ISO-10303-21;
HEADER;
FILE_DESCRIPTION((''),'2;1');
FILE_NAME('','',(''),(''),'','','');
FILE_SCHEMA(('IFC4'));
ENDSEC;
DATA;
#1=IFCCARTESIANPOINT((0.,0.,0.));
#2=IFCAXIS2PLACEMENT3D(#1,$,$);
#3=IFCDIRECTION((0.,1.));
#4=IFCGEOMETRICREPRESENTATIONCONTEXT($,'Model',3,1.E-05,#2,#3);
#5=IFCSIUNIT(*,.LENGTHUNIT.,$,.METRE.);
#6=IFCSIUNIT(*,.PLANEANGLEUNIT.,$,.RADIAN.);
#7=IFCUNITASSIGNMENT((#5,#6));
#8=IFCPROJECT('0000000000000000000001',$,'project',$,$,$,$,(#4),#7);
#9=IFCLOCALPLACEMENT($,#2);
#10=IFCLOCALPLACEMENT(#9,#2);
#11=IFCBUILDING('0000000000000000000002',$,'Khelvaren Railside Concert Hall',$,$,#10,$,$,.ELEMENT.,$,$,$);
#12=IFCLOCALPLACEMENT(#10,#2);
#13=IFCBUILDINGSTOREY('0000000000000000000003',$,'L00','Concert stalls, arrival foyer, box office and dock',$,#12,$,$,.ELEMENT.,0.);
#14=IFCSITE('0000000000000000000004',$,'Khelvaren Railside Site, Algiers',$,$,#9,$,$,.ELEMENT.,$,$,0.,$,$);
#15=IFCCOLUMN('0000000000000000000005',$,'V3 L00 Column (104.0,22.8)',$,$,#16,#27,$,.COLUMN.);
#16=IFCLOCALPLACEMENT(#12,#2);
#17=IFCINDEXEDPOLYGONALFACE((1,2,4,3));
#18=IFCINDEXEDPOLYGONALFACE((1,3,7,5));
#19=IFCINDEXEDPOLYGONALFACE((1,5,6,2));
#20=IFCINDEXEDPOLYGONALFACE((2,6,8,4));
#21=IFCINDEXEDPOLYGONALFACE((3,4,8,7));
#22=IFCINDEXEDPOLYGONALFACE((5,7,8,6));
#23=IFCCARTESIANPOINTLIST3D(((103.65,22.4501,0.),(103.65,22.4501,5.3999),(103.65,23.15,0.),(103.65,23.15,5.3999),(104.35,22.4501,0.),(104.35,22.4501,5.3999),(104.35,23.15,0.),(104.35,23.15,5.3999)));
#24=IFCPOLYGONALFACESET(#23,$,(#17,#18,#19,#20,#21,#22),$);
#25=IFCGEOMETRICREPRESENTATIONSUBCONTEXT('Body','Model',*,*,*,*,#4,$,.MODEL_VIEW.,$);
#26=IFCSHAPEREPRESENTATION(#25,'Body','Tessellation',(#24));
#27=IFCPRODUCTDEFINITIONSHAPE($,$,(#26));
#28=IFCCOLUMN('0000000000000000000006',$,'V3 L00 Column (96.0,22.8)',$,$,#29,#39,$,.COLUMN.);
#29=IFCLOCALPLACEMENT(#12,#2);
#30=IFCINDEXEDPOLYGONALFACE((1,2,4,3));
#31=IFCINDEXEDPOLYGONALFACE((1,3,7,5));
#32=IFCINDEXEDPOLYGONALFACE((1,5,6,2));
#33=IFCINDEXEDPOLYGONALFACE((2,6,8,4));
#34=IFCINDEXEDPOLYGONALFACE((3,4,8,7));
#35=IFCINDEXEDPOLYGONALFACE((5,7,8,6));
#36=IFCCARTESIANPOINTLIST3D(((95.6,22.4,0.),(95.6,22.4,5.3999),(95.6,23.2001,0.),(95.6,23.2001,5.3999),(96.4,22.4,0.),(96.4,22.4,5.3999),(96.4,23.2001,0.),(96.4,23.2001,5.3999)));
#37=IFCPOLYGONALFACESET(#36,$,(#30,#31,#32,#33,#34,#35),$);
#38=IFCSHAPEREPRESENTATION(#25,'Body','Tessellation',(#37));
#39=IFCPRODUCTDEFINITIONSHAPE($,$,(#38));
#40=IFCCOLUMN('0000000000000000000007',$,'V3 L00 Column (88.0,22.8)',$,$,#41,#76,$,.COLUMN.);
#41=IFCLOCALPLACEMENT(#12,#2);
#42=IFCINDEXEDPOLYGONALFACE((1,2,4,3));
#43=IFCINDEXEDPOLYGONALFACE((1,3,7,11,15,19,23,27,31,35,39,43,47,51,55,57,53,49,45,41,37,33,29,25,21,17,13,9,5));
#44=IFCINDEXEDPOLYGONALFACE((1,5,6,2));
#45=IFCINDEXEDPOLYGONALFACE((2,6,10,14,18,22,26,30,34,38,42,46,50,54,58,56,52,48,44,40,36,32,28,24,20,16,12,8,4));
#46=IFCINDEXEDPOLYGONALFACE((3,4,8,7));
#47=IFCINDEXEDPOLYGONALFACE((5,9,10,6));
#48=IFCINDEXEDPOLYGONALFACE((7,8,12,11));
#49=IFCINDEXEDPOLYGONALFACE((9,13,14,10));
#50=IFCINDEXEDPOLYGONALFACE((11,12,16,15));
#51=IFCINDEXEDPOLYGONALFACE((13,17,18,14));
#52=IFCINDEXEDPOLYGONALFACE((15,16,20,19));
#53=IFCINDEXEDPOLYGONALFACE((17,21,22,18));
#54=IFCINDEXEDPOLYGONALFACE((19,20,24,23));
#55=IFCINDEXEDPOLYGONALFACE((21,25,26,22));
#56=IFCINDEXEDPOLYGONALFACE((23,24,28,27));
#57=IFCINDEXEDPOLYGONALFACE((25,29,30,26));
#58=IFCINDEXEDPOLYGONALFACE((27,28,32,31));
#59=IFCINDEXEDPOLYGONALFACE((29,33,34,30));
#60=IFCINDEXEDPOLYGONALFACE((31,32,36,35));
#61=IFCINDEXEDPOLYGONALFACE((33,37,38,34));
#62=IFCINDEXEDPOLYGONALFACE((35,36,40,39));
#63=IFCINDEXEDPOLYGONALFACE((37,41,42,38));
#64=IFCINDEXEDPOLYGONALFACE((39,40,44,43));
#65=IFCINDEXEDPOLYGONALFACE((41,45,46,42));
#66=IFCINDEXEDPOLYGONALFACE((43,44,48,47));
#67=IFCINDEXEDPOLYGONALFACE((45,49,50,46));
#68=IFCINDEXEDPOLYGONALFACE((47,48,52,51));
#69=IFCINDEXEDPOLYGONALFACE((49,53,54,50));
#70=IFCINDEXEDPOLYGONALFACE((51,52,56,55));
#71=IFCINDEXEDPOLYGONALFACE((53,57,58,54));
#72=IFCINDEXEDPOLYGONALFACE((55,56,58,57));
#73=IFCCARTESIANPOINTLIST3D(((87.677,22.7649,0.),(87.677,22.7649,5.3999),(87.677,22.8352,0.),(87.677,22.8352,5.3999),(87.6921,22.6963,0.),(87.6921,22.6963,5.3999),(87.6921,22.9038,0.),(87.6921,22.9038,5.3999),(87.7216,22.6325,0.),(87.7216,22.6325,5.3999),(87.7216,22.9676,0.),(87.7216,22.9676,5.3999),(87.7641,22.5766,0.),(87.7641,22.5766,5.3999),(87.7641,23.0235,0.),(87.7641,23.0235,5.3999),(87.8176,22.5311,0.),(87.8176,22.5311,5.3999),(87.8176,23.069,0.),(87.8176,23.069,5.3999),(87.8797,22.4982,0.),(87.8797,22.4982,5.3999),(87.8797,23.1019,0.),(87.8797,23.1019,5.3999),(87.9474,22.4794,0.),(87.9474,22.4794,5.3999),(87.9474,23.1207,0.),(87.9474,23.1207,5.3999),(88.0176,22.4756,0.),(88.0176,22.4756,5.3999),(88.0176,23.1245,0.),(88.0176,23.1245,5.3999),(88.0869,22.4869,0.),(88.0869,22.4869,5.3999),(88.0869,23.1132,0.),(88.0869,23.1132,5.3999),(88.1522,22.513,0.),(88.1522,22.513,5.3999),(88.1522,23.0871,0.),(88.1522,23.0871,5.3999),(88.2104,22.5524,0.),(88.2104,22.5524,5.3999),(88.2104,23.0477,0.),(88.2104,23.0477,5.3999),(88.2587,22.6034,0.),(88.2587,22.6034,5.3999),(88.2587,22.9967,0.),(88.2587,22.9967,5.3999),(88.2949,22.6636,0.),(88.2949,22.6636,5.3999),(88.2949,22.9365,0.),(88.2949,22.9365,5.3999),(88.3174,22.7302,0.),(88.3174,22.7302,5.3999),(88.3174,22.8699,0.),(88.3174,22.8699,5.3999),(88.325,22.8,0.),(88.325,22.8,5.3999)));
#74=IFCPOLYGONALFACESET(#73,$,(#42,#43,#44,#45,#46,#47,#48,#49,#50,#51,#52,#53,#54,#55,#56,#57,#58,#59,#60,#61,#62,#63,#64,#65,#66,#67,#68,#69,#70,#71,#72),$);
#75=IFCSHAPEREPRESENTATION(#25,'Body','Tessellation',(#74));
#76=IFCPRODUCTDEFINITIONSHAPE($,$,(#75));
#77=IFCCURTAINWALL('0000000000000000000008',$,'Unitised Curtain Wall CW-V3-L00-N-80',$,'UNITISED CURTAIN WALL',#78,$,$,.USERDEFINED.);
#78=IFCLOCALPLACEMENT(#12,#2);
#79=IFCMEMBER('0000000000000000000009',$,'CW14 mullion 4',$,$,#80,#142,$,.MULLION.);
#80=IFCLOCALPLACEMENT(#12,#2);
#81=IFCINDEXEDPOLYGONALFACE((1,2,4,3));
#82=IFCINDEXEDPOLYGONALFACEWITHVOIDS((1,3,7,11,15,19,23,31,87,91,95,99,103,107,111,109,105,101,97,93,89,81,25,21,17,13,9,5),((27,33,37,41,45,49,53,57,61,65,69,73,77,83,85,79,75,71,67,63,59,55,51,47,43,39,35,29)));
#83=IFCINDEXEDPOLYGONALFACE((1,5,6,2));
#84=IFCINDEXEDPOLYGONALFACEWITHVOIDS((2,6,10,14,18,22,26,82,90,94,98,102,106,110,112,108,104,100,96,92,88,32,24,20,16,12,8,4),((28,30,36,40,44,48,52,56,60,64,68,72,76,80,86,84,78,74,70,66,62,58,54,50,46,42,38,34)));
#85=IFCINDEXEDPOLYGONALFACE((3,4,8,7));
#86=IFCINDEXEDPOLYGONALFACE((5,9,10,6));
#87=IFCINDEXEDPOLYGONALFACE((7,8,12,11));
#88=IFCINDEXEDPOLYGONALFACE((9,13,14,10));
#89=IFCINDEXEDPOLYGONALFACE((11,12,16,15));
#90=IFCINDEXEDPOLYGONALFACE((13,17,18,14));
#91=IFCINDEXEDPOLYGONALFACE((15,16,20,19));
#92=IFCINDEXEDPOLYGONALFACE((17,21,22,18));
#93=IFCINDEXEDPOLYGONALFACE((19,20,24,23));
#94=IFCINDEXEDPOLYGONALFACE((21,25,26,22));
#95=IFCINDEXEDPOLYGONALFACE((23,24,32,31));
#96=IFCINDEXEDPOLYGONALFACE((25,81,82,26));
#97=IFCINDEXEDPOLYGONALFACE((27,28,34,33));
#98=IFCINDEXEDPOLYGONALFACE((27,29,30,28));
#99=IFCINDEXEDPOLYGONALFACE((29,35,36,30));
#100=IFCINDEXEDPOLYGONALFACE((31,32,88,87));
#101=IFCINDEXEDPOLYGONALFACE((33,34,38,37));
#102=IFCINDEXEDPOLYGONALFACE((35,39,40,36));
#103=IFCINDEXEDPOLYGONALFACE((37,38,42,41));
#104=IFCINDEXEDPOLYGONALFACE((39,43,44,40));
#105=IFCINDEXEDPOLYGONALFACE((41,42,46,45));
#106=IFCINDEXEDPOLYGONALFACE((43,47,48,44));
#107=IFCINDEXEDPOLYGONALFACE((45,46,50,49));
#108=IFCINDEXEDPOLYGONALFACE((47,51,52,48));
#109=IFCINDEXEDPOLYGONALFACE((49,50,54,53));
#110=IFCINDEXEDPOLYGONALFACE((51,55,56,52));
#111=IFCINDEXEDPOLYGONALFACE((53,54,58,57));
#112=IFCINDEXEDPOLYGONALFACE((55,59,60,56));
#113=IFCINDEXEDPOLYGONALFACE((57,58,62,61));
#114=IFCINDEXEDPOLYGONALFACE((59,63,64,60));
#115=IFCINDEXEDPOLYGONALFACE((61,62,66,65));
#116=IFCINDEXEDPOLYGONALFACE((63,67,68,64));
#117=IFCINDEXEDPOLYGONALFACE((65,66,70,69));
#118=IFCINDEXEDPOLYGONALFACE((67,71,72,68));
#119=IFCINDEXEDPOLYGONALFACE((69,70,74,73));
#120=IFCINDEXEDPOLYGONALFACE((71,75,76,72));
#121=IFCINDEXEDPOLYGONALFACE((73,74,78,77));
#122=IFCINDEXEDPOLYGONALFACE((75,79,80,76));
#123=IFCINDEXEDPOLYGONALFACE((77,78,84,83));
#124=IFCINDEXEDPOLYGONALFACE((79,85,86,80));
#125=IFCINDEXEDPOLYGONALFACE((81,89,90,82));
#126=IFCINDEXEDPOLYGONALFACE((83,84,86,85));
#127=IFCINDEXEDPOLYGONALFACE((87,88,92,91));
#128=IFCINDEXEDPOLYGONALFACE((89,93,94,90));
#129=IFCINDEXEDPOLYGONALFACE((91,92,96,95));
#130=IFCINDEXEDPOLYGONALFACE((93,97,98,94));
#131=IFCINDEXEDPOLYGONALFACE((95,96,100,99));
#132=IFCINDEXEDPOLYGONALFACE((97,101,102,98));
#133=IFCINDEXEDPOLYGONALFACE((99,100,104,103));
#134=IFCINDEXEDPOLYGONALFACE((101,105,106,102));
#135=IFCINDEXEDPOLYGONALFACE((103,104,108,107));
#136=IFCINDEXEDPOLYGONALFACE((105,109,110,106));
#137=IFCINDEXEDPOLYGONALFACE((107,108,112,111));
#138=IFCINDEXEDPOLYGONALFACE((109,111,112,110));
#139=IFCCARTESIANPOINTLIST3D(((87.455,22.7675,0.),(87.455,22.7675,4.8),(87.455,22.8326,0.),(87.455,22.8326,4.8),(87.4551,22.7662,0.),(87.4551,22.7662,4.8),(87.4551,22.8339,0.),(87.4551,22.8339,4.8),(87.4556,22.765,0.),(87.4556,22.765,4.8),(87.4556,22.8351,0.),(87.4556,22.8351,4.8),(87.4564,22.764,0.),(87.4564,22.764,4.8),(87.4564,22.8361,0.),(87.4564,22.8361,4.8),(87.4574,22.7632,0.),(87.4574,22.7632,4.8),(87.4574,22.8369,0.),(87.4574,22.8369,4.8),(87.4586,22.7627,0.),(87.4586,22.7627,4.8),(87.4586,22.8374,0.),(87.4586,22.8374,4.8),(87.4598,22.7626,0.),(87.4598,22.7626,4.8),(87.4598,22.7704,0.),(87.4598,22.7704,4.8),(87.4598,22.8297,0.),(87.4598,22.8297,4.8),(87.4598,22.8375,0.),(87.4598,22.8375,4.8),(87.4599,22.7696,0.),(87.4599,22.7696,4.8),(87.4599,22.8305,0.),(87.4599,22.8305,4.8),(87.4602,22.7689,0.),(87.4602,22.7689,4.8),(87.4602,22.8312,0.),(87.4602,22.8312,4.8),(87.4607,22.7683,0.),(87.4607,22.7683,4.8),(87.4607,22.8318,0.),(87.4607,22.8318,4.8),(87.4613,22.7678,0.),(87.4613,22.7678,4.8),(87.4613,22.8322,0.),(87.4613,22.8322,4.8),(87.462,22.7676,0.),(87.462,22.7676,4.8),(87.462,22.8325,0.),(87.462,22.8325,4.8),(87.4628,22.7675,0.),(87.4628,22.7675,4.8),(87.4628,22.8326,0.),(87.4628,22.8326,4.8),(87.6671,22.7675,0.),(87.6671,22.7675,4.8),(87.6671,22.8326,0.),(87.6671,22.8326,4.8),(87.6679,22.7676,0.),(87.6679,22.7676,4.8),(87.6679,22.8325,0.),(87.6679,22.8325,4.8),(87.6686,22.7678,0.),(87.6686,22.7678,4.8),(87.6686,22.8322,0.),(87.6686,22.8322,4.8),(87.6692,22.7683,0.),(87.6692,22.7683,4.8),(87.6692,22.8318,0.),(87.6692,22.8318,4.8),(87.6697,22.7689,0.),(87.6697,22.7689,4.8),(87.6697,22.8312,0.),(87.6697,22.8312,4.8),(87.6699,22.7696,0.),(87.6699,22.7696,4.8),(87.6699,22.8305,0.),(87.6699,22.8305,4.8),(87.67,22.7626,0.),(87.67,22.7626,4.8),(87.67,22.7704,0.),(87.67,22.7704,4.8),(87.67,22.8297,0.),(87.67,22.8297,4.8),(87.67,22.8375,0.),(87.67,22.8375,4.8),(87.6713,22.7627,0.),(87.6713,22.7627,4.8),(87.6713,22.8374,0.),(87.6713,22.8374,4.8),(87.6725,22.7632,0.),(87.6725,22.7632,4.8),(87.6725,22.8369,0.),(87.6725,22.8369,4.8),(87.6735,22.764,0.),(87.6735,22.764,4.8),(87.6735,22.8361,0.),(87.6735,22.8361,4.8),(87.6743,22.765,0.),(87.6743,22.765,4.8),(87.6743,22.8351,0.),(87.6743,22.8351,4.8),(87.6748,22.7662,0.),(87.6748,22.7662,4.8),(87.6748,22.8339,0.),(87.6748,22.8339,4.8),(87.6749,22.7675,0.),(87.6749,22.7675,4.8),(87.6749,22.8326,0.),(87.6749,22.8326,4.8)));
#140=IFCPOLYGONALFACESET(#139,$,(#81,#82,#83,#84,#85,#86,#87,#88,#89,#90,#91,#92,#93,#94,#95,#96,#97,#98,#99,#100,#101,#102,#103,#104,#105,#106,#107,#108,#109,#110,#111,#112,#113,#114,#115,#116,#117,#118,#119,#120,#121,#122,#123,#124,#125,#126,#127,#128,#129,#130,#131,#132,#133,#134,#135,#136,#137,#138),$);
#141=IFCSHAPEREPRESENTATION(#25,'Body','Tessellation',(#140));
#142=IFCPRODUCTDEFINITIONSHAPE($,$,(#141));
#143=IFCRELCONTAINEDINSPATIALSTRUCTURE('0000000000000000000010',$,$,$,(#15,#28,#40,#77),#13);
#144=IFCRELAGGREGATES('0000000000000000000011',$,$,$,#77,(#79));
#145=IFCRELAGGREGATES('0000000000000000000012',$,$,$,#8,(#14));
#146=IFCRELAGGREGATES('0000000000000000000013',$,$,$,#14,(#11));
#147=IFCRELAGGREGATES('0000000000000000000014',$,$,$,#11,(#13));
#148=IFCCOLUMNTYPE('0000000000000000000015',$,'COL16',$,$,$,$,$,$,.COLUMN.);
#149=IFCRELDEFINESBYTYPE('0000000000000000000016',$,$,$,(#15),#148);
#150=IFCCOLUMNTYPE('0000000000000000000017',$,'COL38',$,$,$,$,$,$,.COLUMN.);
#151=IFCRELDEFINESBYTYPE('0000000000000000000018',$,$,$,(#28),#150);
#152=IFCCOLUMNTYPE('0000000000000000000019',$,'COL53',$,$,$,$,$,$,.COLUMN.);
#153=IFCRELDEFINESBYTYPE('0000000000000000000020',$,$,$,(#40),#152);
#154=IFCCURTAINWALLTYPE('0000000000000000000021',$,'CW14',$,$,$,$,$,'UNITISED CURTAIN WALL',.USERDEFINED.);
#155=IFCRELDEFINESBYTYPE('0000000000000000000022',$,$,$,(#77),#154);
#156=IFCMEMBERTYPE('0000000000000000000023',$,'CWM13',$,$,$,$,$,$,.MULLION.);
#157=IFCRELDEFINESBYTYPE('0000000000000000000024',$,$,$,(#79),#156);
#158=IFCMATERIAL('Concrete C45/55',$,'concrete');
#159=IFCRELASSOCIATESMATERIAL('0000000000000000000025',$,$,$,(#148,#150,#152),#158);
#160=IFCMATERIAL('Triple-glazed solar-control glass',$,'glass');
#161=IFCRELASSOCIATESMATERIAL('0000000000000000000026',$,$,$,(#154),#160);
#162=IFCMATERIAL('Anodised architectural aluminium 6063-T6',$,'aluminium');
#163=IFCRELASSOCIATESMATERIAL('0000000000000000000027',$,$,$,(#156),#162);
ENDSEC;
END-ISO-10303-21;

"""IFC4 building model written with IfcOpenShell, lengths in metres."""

from ifc_helpers import new_model, si_unit, direction, frame, origin, origin_2d, place, context, subcontext, project, spatial, rectangle, hollow_rectangle, circle, extrude, material, material_profile, profile_set, type_object, element, aggregate, save


model = new_model("IFC4")

# Units and contexts
model_context = context("Model", 3, precision=1e-05, world=origin(), true_north=direction((0.0, 1.0)))
body_context = subcontext(model_context, "Body", "Model", "MODEL_VIEW")
ifc_project = project(units=[si_unit("LENGTHUNIT", "METRE"), si_unit("PLANEANGLEUNIT", "RADIAN")], contexts=[model_context])

# Site, building, storey
site_placement = place(None, origin())
site = spatial("IfcSite", under=ifc_project, at=site_placement, Name="Khelvaren Railside Site, Algiers", CompositionType="ELEMENT", RefElevation=0.0)
building_placement = place(site_placement, origin())
building = spatial("IfcBuilding", under=site, at=building_placement, Name="Khelvaren Railside Concert Hall", CompositionType="ELEMENT")
storey_placement = place(building_placement, origin())
storey = spatial("IfcBuildingStorey", under=building, at=storey_placement, Name="L00", Description="Concert stalls, arrival foyer, box office and dock", CompositionType="ELEMENT", Elevation=0.0)

# Columns
ifc_material_1 = material(Name="Concrete C45/55", Category="concrete")
ifc_material_profile_1 = material_profile(ifc_material_1, rectangle(XDim=0.7, YDim=0.7, at=origin_2d()), Name="RC 700x700")
ifc_profile_set_1 = profile_set([ifc_material_profile_1], Name="Concrete C45/55")
column_type_1 = type_object("IfcColumnType", Name="COL16", PredefinedType="COLUMN", material=ifc_profile_set_1)
column_1_placement = place(storey_placement, frame((104.0, 22.8, 0.0), z_axis=(0.0, 0.0, 1.0), x_axis=(1.0, 0.0, 0.0)))
element("IfcColumn", 1, at=column_1_placement, inside=storey, type_object=column_type_1, Name="V3 L00 Column (104.0,22.8)", PredefinedType="COLUMN", context=body_context, shape_type="SweptSolid", body=[
    extrude(rectangle(XDim=0.7, YDim=0.7, at=origin_2d()), origin(), (0.0, 0.0, 1.0), 5.3999),
])
ifc_material_profile_2 = material_profile(ifc_material_1, rectangle(XDim=0.8, YDim=0.8, at=origin_2d()), Name="RC 800x800")
ifc_profile_set_2 = profile_set([ifc_material_profile_2], Name="Concrete C45/55")
column_type_2 = type_object("IfcColumnType", Name="COL38", PredefinedType="COLUMN", material=ifc_profile_set_2)
column_2_placement = place(storey_placement, frame((96.0, 22.8, 0.0), z_axis=(0.0, 0.0, 1.0), x_axis=(1.0, 0.0, 0.0)))
element("IfcColumn", 2, at=column_2_placement, inside=storey, type_object=column_type_2, Name="V3 L00 Column (96.0,22.8)", PredefinedType="COLUMN", context=body_context, shape_type="SweptSolid", body=[
    extrude(rectangle(XDim=0.8, YDim=0.8, at=origin_2d()), origin(), (0.0, 0.0, 1.0), 5.3999),
])
ifc_material_profile_3 = material_profile(ifc_material_1, circle(Radius=0.325, at=origin_2d()), Name="RC D650")
ifc_profile_set_3 = profile_set([ifc_material_profile_3], Name="Concrete C45/55")
column_type_3 = type_object("IfcColumnType", Name="COL53", PredefinedType="COLUMN", material=ifc_profile_set_3)
column_3_placement = place(storey_placement, frame((88.0, 22.8, 0.0), z_axis=(0.0, 0.0, 1.0), x_axis=(1.0, 0.0, 0.0)))
element("IfcColumn", 3, at=column_3_placement, inside=storey, type_object=column_type_3, Name="V3 L00 Column (88.0,22.8)", PredefinedType="COLUMN", context=body_context, shape_type="SweptSolid", body=[
    extrude(circle(Radius=0.325, at=origin_2d()), origin(), (0.0, 0.0, 1.0), 5.3999),
])

# Curtain wall, member
ifc_material_2 = material(Name="Triple-glazed solar-control glass", Category="glass")
curtain_wall_type_1 = type_object("IfcCurtainWallType", Name="CW14", ElementType="UNITISED CURTAIN WALL", PredefinedType="USERDEFINED", material=ifc_material_2)
curtain_wall_1_placement = place(storey_placement, origin())
curtain_wall_1 = element("IfcCurtainWall", 4, at=curtain_wall_1_placement, inside=storey, type_object=curtain_wall_type_1, Name="Unitised Curtain Wall CW-V3-L00-N-80", ObjectType="UNITISED CURTAIN WALL", PredefinedType="USERDEFINED")
ifc_material_3 = material(Name="Anodised architectural aluminium 6063-T6", Category="aluminium")
ifc_material_profile_4 = material_profile(ifc_material_3, hollow_rectangle(XDim=0.075, YDim=0.22, WallThickness=0.0049, InnerFilletRadius=0.0029, OuterFilletRadius=0.0049, at=origin_2d()), Name="CWM 75x220x5")
ifc_profile_set_4 = profile_set([ifc_material_profile_4], Name="Anodised architectural aluminium 6063-T6")
member_type_1 = type_object("IfcMemberType", Name="CWM13", PredefinedType="MULLION", material=ifc_profile_set_4)
member_1_placement = place(storey_placement, frame((87.5649, 22.8, 0.0), z_axis=(0.0, 0.0, 1.0), x_axis=(0.0, 1.0, 0.0)))
member_1 = element("IfcMember", 5, at=member_1_placement, type_object=member_type_1, Name="CW14 mullion 4", PredefinedType="MULLION", context=body_context, shape_type="SweptSolid", body=[
    extrude(hollow_rectangle(XDim=0.075, YDim=0.22, WallThickness=0.0049, InnerFilletRadius=0.0029, OuterFilletRadius=0.0049, at=origin_2d()), origin(), (0.0, 0.0, 1.0), 4.8),
])
aggregate(curtain_wall_1, [member_1])

save(model, "model.ifc")
